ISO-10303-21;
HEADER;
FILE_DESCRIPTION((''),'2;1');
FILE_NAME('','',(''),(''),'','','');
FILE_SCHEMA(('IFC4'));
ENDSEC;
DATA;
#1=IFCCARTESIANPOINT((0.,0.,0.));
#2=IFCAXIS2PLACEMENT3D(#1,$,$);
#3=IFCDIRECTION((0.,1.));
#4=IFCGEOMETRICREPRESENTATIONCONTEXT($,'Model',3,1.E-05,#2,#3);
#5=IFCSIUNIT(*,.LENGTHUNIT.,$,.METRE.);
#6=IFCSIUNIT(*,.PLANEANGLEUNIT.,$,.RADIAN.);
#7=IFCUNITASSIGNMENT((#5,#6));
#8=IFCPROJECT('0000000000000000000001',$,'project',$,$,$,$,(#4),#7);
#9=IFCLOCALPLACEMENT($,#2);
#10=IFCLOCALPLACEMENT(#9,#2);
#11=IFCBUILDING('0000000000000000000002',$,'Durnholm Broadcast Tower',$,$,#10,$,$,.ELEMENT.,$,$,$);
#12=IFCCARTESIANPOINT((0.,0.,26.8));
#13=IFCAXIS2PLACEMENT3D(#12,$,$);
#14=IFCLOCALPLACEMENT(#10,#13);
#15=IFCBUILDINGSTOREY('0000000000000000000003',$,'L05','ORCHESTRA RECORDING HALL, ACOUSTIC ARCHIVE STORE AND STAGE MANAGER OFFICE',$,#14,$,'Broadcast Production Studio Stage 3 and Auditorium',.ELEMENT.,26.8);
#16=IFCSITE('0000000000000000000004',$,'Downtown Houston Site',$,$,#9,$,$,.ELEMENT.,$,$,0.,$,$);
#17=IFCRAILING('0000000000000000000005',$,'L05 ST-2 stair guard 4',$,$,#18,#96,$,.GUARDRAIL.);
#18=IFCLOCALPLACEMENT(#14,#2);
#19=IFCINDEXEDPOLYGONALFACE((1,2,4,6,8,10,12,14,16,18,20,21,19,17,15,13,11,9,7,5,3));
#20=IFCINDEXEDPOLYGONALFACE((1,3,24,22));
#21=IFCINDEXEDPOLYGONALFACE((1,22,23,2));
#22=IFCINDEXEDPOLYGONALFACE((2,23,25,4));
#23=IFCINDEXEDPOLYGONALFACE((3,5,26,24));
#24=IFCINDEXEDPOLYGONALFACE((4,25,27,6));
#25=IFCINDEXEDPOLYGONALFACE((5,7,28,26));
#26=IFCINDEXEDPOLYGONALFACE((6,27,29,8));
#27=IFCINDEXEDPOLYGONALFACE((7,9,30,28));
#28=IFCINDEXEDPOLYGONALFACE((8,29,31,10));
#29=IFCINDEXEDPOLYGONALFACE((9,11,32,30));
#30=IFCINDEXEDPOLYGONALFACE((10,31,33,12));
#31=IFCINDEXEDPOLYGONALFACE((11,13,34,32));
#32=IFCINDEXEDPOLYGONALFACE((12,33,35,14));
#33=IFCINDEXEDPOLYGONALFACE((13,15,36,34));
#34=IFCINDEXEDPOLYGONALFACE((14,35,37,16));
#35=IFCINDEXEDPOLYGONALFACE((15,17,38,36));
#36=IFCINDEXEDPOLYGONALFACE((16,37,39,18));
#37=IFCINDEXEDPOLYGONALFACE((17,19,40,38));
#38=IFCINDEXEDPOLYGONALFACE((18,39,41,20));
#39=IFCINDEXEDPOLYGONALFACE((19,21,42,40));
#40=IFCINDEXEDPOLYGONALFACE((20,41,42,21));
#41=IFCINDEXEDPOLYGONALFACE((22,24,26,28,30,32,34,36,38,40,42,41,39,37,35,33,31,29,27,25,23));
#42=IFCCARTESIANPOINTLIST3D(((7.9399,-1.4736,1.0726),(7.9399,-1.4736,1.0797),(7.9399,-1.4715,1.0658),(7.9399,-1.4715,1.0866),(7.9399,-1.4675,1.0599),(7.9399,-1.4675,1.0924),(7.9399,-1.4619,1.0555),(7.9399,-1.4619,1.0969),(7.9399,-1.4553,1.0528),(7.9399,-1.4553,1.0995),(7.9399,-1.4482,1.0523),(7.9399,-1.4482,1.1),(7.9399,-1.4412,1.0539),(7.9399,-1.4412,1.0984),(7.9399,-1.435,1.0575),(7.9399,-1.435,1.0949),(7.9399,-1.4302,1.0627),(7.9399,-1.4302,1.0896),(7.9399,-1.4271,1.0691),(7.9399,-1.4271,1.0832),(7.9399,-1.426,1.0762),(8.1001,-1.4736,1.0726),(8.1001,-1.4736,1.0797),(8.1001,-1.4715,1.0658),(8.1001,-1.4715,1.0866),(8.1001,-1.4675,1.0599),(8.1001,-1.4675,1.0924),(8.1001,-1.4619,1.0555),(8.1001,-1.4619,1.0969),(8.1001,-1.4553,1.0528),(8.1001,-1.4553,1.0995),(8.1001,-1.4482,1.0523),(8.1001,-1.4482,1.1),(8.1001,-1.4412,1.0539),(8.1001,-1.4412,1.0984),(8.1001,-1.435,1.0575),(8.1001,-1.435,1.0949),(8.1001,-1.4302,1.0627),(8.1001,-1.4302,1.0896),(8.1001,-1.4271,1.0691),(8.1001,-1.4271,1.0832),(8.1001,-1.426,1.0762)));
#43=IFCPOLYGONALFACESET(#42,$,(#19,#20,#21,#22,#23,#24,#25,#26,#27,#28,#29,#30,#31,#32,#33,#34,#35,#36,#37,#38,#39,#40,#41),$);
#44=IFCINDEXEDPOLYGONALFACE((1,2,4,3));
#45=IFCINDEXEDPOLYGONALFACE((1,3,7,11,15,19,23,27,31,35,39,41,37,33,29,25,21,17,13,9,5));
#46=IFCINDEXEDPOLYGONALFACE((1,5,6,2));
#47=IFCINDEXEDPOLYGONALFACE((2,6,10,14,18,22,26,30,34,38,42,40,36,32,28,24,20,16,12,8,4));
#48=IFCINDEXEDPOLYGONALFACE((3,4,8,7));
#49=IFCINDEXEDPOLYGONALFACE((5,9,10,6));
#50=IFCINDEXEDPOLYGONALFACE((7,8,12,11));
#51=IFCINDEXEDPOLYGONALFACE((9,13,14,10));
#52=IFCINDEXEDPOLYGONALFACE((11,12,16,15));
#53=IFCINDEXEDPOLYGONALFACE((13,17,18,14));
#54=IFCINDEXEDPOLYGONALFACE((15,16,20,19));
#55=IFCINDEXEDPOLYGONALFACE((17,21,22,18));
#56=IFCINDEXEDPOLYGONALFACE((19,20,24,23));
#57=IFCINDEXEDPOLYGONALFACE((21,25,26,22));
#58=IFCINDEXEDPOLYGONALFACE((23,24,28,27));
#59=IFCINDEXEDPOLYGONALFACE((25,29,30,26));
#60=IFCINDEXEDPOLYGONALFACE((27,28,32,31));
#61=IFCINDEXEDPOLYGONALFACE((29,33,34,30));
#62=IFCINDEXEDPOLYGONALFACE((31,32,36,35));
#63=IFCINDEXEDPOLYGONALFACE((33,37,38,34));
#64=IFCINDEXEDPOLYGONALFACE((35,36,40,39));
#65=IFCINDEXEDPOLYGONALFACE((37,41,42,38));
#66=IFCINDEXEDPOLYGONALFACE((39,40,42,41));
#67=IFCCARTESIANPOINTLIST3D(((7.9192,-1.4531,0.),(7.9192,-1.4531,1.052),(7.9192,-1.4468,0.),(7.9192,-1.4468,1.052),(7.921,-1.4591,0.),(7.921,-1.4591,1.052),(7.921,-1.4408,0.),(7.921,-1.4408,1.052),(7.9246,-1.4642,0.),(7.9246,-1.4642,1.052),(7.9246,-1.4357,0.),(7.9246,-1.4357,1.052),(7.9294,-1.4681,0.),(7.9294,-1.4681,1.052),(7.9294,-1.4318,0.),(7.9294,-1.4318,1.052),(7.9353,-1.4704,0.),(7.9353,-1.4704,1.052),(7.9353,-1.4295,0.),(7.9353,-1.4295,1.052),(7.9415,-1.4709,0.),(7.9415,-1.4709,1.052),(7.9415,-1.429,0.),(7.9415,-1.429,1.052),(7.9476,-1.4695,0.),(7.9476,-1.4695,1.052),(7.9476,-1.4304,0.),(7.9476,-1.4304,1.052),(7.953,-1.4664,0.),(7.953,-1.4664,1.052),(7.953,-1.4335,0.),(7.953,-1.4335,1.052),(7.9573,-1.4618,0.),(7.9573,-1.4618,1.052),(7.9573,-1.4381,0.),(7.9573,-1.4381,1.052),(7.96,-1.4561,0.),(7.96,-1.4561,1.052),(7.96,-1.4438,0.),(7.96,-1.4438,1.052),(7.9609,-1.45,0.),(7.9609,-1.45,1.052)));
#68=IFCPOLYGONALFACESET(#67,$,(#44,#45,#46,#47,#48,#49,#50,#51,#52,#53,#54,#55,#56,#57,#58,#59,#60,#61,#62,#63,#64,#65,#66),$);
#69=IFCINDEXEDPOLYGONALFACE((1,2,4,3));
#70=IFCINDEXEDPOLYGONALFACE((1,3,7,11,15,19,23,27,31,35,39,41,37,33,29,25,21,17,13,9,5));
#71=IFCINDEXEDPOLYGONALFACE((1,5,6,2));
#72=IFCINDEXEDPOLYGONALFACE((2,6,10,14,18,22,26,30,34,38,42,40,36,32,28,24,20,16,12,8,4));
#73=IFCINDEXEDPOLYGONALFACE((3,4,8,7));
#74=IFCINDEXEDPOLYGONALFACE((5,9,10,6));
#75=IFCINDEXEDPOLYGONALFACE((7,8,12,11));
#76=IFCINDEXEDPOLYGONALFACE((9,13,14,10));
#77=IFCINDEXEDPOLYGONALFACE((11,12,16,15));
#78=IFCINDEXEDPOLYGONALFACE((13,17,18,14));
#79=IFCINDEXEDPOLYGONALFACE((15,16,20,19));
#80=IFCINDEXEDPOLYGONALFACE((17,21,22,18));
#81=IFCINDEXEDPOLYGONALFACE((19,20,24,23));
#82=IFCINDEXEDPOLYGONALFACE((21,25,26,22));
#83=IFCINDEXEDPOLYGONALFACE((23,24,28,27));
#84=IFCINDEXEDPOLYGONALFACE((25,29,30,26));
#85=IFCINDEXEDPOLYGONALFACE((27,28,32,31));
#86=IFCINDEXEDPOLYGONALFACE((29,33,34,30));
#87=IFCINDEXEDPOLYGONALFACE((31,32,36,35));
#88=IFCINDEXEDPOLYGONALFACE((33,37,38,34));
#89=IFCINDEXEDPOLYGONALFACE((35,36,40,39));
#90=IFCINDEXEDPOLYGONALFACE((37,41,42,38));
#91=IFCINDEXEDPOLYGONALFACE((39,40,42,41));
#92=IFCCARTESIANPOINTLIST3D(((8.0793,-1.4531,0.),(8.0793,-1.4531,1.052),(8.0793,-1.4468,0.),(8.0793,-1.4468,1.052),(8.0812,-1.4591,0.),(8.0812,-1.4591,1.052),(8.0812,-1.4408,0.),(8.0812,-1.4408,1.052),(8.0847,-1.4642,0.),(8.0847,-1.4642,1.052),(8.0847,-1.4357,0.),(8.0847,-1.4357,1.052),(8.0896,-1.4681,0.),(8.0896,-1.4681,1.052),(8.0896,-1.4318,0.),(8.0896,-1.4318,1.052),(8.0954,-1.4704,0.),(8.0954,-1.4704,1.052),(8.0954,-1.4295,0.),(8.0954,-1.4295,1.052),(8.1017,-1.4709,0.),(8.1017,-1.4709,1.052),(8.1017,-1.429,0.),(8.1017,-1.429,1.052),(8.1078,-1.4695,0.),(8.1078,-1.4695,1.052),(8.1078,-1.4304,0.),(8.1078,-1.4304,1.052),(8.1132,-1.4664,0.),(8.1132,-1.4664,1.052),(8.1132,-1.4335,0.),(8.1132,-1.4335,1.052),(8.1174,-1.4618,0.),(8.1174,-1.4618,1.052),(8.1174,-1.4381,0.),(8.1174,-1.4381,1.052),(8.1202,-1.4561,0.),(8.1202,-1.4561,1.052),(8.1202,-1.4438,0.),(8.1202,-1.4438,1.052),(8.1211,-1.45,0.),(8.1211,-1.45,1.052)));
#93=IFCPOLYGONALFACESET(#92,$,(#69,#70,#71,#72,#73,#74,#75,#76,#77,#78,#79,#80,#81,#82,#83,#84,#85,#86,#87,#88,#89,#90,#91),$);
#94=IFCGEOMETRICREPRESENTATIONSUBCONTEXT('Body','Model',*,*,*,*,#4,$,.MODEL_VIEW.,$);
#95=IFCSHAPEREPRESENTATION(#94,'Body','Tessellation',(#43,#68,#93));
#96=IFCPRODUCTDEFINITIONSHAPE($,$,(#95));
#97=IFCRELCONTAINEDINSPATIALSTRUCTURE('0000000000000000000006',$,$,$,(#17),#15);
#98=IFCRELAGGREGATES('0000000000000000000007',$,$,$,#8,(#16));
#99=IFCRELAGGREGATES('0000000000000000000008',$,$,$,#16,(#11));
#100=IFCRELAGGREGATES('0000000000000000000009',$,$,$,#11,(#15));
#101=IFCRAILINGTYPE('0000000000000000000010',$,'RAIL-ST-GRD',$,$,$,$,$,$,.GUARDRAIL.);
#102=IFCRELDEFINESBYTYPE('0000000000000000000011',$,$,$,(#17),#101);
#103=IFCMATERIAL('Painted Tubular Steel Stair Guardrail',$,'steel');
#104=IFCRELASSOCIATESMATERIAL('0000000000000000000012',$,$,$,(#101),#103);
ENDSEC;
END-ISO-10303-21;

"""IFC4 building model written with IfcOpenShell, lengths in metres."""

from ifc_helpers import new_model, si_unit, direction, frame, origin, origin_2d, place, context, subcontext, project, spatial, circle, extrude, material, type_object, element, save


model = new_model("IFC4")

# Units and contexts
model_context = context("Model", 3, precision=1e-05, world=origin(), true_north=direction((0.0, 1.0)))
body_context = subcontext(model_context, "Body", "Model", "MODEL_VIEW")
ifc_project = project(units=[si_unit("LENGTHUNIT", "METRE"), si_unit("PLANEANGLEUNIT", "RADIAN")], contexts=[model_context])

# Site, building, storey
site_placement = place(None, origin())
site = spatial("IfcSite", under=ifc_project, at=site_placement, Name="Downtown Houston Site", CompositionType="ELEMENT", RefElevation=0.0)
building_placement = place(site_placement, origin())
building = spatial("IfcBuilding", under=site, at=building_placement, Name="Durnholm Broadcast Tower", CompositionType="ELEMENT")
storey_placement = place(building_placement, frame((0.0, 0.0, 26.8)))
storey = spatial("IfcBuildingStorey", under=building, at=storey_placement, Name="L05", Description="ORCHESTRA RECORDING HALL, ACOUSTIC ARCHIVE STORE AND STAGE MANAGER OFFICE", LongName="Broadcast Production Studio Stage 3 and Auditorium", CompositionType="ELEMENT", Elevation=26.8)

# Railing
ifc_material_1 = material(Name="Painted Tubular Steel Stair Guardrail", Category="steel")
railing_type_1 = type_object("IfcRailingType", Name="RAIL-ST-GRD", PredefinedType="GUARDRAIL", material=ifc_material_1)
railing_1_placement = place(storey_placement, frame((7.9399, -1.45, 0.0)))
element("IfcRailing", 1, at=railing_1_placement, inside=storey, type_object=railing_type_1, Name="L05 ST-2 stair guard 4", PredefinedType="GUARDRAIL", context=body_context, shape_type="SweptSolid", body=[
    extrude(circle(Radius=0.0239, at=origin_2d()), frame((0.0, 0.0, 1.0762), z_axis=(1.0, 0.0, 0.0), x_axis=(0.0, 1.0, 0.0)), (0.0, 0.0, 1.0), 0.1602),
    extrude(circle(Radius=0.021, at=origin_2d()), origin(), (0.0, 0.0, 1.0), 1.052),
    extrude(circle(Radius=0.021, at=origin_2d()), frame((0.1602, 0.0, 0.0)), (0.0, 0.0, 1.0), 1.052),
])

save(model, "model.ifc")
